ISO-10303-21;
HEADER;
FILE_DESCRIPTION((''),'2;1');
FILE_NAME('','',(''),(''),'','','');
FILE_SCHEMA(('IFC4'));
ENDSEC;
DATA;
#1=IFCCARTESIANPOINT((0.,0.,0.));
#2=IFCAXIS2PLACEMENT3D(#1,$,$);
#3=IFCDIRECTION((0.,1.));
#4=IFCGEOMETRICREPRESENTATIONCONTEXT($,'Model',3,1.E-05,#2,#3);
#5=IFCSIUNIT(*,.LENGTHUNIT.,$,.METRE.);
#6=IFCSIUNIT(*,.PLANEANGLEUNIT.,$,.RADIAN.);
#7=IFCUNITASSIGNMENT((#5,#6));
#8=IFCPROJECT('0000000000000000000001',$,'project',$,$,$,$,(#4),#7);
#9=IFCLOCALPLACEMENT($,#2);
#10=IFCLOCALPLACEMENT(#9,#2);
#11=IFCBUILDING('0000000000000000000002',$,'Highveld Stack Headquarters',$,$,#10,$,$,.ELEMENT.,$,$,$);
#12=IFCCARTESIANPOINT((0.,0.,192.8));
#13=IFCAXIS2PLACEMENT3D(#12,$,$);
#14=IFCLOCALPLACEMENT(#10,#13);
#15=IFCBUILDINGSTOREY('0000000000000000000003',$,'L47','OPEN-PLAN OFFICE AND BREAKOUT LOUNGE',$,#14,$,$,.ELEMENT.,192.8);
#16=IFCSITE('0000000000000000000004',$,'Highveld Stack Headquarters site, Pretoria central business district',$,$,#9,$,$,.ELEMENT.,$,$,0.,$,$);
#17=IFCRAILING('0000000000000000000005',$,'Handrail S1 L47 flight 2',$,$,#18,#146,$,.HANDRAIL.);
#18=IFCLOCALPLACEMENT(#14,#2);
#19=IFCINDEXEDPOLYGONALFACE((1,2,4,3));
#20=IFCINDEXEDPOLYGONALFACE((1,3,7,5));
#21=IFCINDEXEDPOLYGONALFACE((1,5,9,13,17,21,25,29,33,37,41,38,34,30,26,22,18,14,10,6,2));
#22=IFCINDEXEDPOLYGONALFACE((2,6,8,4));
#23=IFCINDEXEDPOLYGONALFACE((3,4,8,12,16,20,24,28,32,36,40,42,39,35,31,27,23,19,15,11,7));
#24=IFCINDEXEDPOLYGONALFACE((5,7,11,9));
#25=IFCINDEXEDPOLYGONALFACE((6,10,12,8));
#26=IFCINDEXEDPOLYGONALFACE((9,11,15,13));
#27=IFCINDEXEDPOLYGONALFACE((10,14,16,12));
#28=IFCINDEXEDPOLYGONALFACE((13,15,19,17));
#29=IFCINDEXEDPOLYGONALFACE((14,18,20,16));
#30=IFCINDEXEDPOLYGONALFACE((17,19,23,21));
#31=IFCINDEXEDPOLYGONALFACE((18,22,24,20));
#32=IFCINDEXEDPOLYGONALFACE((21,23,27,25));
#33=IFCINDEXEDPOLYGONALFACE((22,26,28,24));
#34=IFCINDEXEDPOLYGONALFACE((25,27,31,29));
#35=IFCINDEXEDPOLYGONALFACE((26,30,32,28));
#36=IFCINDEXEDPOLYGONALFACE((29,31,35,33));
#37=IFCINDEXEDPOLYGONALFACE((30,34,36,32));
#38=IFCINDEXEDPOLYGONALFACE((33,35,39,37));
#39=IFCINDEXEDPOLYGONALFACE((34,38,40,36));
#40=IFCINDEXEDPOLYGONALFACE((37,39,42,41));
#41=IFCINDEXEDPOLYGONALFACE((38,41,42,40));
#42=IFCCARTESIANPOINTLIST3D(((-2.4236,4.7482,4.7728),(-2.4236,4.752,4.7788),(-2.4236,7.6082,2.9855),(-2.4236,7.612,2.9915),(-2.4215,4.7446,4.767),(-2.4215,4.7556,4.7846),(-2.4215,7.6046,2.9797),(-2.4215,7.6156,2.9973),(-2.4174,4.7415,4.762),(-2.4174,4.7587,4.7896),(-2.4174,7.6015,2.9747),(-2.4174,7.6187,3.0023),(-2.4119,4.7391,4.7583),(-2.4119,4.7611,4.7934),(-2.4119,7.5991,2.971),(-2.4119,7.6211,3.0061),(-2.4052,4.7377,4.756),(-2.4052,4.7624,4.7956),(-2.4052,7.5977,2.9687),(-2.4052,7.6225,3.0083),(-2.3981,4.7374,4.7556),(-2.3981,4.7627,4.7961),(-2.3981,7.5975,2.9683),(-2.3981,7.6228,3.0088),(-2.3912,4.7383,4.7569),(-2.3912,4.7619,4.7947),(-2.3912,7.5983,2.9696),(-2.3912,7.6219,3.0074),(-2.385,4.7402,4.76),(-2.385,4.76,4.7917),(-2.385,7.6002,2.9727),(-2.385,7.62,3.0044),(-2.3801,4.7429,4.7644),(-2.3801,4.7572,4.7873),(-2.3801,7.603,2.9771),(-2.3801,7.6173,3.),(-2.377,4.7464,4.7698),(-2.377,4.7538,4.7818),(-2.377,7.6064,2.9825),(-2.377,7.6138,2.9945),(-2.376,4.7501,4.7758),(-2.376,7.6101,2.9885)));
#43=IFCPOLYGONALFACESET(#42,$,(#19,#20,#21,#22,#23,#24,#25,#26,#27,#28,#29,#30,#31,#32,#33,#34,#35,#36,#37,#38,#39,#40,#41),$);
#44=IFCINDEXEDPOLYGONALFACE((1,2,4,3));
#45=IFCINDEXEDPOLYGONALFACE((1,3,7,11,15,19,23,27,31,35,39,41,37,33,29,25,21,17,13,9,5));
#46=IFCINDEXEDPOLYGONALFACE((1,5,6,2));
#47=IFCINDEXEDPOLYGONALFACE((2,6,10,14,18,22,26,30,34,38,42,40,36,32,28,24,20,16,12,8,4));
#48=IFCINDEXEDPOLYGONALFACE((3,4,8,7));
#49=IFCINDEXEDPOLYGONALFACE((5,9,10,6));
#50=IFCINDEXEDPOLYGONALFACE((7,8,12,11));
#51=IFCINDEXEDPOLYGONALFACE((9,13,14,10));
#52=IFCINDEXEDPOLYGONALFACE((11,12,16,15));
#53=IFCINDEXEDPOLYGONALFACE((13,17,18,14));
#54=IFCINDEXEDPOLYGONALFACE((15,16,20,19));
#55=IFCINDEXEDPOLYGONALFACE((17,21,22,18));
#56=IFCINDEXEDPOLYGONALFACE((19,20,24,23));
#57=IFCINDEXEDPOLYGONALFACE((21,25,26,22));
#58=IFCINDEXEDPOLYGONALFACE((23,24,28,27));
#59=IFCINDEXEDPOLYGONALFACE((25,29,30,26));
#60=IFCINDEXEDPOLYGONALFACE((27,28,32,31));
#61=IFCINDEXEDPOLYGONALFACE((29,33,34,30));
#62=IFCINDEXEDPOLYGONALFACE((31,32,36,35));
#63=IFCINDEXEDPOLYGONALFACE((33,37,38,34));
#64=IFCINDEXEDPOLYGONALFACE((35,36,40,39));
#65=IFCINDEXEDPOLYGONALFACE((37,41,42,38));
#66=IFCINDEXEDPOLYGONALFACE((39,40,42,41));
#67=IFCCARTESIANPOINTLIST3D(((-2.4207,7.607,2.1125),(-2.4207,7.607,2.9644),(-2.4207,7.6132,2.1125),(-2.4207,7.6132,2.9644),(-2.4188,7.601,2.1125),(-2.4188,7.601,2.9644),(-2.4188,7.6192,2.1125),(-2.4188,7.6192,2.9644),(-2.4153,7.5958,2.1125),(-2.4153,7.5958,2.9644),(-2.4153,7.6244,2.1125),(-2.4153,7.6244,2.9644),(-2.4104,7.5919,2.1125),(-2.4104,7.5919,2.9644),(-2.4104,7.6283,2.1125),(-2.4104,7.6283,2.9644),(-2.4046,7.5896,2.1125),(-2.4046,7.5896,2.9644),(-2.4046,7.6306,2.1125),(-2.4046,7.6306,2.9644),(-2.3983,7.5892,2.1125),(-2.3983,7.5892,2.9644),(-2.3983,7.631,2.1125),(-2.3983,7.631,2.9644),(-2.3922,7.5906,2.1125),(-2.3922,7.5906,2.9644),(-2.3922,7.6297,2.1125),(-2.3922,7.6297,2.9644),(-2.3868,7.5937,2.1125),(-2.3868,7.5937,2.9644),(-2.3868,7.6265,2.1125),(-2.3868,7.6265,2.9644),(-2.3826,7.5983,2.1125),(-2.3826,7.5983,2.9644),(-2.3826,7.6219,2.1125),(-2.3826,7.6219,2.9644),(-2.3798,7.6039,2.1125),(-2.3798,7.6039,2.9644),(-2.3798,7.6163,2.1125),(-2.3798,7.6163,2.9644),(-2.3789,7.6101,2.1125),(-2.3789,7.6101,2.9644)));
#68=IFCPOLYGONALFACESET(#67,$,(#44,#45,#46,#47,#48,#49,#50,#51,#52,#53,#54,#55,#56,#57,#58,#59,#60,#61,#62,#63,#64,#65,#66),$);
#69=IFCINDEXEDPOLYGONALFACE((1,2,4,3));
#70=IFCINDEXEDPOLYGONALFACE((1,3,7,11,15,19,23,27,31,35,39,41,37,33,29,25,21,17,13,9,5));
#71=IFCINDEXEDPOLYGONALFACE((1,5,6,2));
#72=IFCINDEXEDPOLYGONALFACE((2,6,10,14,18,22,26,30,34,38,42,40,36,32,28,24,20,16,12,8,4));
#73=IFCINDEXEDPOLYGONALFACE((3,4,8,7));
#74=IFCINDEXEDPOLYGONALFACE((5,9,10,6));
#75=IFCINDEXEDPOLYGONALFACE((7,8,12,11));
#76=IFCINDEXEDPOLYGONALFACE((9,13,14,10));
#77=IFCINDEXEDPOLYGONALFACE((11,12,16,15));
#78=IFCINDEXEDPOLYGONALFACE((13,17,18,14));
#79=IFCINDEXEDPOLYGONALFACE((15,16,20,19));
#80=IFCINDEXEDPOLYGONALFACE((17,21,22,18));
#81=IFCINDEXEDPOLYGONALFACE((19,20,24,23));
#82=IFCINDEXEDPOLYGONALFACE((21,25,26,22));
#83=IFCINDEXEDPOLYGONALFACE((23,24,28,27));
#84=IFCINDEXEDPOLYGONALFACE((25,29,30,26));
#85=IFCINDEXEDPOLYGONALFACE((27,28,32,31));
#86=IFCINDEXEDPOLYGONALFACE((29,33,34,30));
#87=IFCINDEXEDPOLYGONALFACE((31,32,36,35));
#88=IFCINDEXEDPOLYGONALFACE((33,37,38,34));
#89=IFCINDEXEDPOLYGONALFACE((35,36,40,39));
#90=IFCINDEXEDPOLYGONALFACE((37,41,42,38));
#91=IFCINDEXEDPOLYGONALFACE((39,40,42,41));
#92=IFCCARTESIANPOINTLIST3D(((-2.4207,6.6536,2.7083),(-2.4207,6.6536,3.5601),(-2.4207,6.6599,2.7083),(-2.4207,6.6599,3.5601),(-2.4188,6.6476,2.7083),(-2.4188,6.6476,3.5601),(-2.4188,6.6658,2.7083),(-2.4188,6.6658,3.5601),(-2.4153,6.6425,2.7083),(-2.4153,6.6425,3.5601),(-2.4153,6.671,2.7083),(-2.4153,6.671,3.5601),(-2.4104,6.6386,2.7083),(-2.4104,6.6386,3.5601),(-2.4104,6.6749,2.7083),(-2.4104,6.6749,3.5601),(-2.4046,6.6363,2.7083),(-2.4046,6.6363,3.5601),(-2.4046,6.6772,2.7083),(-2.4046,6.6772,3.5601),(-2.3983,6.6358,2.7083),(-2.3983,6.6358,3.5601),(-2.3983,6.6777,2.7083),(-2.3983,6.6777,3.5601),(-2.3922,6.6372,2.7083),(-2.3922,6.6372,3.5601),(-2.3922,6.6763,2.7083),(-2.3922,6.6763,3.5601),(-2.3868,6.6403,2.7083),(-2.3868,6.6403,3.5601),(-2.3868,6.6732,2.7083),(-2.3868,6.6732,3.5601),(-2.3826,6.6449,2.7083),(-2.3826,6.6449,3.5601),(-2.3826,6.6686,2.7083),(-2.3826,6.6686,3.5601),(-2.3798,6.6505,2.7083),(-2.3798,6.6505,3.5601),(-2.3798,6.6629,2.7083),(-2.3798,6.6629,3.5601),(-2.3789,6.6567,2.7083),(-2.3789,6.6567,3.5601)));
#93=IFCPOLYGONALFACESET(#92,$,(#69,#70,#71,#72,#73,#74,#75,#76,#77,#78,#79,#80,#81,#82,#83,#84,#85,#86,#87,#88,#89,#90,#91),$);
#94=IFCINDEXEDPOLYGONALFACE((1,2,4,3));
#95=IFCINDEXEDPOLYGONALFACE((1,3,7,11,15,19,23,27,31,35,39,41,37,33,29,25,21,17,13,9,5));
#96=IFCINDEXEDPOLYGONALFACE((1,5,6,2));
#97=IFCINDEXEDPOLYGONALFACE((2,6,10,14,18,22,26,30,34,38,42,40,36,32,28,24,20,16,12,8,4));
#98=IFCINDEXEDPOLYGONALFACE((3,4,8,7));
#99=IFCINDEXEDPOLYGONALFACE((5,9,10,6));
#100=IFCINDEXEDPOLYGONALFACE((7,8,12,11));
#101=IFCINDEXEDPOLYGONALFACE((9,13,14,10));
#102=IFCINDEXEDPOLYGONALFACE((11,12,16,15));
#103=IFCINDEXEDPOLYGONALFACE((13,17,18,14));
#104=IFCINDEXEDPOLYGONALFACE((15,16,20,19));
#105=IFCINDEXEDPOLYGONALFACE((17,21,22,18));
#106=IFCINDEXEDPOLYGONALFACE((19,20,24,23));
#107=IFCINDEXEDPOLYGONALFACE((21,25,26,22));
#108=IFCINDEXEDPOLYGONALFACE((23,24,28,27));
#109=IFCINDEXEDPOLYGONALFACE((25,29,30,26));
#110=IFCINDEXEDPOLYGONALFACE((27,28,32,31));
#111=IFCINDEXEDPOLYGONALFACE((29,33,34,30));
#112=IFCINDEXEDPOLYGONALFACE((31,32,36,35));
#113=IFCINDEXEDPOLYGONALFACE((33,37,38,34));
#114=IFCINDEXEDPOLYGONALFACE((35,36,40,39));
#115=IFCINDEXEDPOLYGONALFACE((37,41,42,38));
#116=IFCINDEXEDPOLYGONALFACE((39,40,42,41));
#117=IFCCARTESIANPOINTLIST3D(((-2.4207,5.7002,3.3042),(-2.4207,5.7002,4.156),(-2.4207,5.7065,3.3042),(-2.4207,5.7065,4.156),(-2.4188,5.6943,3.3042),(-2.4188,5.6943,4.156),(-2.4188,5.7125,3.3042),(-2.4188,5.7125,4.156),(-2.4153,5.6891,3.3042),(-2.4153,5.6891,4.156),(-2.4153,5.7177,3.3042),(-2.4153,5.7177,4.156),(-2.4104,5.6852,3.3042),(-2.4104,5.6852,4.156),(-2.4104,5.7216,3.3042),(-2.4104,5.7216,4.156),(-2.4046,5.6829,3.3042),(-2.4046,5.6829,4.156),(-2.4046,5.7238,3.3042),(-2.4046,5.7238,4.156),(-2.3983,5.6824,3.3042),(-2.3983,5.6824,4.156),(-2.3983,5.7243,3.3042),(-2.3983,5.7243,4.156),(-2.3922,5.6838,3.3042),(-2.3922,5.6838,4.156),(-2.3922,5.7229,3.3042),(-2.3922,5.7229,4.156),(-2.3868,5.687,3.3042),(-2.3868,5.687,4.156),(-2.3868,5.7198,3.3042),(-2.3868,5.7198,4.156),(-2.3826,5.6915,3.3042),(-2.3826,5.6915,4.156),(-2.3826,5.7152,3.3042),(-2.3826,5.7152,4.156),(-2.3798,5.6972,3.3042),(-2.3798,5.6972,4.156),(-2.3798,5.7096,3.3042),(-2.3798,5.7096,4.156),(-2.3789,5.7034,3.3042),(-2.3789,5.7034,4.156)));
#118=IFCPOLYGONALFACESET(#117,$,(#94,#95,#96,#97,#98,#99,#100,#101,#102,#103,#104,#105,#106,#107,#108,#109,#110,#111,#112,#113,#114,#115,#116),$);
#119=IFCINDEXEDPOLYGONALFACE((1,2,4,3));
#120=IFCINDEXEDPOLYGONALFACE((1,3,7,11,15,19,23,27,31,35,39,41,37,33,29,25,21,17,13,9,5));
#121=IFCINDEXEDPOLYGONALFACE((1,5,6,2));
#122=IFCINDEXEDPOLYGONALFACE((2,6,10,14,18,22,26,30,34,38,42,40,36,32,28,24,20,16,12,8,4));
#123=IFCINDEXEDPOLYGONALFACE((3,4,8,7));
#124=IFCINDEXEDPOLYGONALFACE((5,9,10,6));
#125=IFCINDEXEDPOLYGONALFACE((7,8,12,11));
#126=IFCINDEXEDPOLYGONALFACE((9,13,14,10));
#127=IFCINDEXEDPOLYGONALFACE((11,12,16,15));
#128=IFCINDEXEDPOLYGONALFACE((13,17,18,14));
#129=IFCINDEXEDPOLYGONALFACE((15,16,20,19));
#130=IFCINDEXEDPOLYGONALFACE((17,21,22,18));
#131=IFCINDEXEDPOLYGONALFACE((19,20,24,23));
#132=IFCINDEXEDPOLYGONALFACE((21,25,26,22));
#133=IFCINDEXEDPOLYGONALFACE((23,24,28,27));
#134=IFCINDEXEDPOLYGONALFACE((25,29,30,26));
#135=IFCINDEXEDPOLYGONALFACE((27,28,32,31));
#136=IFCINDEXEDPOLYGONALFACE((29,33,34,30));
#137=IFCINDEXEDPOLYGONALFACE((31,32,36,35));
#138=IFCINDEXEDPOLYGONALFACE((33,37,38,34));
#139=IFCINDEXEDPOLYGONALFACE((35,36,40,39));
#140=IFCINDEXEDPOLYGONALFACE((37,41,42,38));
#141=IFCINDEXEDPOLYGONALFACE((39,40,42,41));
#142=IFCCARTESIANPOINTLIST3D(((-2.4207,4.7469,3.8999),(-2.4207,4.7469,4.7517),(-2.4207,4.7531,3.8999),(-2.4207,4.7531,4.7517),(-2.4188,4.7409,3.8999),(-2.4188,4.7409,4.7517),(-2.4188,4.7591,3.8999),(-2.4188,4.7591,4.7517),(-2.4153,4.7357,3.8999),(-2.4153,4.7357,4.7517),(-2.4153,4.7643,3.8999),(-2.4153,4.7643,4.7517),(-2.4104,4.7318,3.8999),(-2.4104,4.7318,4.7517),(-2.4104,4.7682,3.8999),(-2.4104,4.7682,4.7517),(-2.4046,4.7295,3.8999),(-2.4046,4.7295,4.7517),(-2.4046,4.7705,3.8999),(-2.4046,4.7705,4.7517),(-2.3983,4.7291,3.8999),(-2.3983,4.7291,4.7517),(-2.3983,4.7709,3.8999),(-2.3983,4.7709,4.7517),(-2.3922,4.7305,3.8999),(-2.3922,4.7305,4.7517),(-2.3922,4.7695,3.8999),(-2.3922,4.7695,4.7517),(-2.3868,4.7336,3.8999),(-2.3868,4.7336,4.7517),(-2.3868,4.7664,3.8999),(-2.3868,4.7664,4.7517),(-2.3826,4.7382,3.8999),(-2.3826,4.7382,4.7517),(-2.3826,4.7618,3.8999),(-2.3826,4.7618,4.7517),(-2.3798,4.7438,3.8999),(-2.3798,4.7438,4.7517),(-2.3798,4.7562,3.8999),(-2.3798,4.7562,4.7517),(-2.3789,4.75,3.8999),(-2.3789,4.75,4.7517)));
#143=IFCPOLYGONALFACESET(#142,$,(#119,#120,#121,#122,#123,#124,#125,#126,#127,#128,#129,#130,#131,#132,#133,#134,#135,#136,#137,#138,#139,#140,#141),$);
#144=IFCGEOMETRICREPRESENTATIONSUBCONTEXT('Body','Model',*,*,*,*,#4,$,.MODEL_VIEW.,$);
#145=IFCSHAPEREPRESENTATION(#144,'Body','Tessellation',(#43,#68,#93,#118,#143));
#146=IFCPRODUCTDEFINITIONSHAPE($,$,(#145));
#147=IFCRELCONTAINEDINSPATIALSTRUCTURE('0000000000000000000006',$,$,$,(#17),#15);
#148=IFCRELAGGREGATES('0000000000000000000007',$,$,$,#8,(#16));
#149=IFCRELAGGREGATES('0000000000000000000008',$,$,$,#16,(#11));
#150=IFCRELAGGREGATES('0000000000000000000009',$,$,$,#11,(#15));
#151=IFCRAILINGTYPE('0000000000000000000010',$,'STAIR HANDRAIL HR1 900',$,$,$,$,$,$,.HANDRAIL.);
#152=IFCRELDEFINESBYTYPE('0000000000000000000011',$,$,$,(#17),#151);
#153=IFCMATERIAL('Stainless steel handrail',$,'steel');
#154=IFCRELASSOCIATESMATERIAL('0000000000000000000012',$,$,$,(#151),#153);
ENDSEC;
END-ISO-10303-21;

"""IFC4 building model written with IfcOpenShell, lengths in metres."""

from ifc_helpers import new_model, si_unit, direction, frame, origin, origin_2d, place, context, subcontext, project, spatial, circle, extrude, material, type_object, element, save


model = new_model("IFC4")

# Units and contexts
model_context = context("Model", 3, precision=1e-05, world=origin(), true_north=direction((0.0, 1.0)))
body_context = subcontext(model_context, "Body", "Model", "MODEL_VIEW")
ifc_project = project(units=[si_unit("LENGTHUNIT", "METRE"), si_unit("PLANEANGLEUNIT", "RADIAN")], contexts=[model_context])

# Site, building, storey
site_placement = place(None, origin())
site = spatial("IfcSite", under=ifc_project, at=site_placement, Name="Highveld Stack Headquarters site, Pretoria central business district", CompositionType="ELEMENT", RefElevation=0.0)
building_placement = place(site_placement, origin())
building = spatial("IfcBuilding", under=site, at=building_placement, Name="Highveld Stack Headquarters", CompositionType="ELEMENT")
storey_placement = place(building_placement, frame((0.0, 0.0, 192.8)))
storey = spatial("IfcBuildingStorey", under=building, at=storey_placement, Name="L47", Description="OPEN-PLAN OFFICE AND BREAKOUT LOUNGE", CompositionType="ELEMENT", Elevation=192.8)

# Railing
ifc_material_1 = material(Name="Stainless steel handrail", Category="steel")
railing_type = type_object("IfcRailingType", Name="STAIR HANDRAIL HR1 900", PredefinedType="HANDRAIL", material=ifc_material_1)
for number, where, name in (
    (1, (-2.3999, 7.6101, 2.1125), "Handrail S1 L47 flight 2"),
):
    element("IfcRailing", number, at=place(storey_placement, frame(where)), inside=storey, type_object=railing_type, Name=name, PredefinedType="HANDRAIL", context=body_context, shape_type="SweptSolid", body=[
        extrude(circle(Radius=0.0239, at=origin_2d()), frame((0.0, 0.0, 0.876), z_axis=(0.0, -0.848027, 0.529953), x_axis=(1.0, 0.0, 0.0)), (0.0, 0.0, 1.0), 3.3726),
        extrude(circle(Radius=0.021, at=origin_2d()), origin(), (0.0, 0.0, 1.0), 0.8518),
        extrude(circle(Radius=0.021, at=origin_2d()), frame((0.0, -0.9534, 0.5957)), (0.0, 0.0, 1.0), 0.8518),
        extrude(circle(Radius=0.021, at=origin_2d()), frame((0.0, -1.9067, 1.1917)), (0.0, 0.0, 1.0), 0.8518),
        extrude(circle(Radius=0.021, at=origin_2d()), frame((0.0, -2.8601, 1.7874)), (0.0, 0.0, 1.0), 0.8518),
    ])

save(model, "model.ifc")
